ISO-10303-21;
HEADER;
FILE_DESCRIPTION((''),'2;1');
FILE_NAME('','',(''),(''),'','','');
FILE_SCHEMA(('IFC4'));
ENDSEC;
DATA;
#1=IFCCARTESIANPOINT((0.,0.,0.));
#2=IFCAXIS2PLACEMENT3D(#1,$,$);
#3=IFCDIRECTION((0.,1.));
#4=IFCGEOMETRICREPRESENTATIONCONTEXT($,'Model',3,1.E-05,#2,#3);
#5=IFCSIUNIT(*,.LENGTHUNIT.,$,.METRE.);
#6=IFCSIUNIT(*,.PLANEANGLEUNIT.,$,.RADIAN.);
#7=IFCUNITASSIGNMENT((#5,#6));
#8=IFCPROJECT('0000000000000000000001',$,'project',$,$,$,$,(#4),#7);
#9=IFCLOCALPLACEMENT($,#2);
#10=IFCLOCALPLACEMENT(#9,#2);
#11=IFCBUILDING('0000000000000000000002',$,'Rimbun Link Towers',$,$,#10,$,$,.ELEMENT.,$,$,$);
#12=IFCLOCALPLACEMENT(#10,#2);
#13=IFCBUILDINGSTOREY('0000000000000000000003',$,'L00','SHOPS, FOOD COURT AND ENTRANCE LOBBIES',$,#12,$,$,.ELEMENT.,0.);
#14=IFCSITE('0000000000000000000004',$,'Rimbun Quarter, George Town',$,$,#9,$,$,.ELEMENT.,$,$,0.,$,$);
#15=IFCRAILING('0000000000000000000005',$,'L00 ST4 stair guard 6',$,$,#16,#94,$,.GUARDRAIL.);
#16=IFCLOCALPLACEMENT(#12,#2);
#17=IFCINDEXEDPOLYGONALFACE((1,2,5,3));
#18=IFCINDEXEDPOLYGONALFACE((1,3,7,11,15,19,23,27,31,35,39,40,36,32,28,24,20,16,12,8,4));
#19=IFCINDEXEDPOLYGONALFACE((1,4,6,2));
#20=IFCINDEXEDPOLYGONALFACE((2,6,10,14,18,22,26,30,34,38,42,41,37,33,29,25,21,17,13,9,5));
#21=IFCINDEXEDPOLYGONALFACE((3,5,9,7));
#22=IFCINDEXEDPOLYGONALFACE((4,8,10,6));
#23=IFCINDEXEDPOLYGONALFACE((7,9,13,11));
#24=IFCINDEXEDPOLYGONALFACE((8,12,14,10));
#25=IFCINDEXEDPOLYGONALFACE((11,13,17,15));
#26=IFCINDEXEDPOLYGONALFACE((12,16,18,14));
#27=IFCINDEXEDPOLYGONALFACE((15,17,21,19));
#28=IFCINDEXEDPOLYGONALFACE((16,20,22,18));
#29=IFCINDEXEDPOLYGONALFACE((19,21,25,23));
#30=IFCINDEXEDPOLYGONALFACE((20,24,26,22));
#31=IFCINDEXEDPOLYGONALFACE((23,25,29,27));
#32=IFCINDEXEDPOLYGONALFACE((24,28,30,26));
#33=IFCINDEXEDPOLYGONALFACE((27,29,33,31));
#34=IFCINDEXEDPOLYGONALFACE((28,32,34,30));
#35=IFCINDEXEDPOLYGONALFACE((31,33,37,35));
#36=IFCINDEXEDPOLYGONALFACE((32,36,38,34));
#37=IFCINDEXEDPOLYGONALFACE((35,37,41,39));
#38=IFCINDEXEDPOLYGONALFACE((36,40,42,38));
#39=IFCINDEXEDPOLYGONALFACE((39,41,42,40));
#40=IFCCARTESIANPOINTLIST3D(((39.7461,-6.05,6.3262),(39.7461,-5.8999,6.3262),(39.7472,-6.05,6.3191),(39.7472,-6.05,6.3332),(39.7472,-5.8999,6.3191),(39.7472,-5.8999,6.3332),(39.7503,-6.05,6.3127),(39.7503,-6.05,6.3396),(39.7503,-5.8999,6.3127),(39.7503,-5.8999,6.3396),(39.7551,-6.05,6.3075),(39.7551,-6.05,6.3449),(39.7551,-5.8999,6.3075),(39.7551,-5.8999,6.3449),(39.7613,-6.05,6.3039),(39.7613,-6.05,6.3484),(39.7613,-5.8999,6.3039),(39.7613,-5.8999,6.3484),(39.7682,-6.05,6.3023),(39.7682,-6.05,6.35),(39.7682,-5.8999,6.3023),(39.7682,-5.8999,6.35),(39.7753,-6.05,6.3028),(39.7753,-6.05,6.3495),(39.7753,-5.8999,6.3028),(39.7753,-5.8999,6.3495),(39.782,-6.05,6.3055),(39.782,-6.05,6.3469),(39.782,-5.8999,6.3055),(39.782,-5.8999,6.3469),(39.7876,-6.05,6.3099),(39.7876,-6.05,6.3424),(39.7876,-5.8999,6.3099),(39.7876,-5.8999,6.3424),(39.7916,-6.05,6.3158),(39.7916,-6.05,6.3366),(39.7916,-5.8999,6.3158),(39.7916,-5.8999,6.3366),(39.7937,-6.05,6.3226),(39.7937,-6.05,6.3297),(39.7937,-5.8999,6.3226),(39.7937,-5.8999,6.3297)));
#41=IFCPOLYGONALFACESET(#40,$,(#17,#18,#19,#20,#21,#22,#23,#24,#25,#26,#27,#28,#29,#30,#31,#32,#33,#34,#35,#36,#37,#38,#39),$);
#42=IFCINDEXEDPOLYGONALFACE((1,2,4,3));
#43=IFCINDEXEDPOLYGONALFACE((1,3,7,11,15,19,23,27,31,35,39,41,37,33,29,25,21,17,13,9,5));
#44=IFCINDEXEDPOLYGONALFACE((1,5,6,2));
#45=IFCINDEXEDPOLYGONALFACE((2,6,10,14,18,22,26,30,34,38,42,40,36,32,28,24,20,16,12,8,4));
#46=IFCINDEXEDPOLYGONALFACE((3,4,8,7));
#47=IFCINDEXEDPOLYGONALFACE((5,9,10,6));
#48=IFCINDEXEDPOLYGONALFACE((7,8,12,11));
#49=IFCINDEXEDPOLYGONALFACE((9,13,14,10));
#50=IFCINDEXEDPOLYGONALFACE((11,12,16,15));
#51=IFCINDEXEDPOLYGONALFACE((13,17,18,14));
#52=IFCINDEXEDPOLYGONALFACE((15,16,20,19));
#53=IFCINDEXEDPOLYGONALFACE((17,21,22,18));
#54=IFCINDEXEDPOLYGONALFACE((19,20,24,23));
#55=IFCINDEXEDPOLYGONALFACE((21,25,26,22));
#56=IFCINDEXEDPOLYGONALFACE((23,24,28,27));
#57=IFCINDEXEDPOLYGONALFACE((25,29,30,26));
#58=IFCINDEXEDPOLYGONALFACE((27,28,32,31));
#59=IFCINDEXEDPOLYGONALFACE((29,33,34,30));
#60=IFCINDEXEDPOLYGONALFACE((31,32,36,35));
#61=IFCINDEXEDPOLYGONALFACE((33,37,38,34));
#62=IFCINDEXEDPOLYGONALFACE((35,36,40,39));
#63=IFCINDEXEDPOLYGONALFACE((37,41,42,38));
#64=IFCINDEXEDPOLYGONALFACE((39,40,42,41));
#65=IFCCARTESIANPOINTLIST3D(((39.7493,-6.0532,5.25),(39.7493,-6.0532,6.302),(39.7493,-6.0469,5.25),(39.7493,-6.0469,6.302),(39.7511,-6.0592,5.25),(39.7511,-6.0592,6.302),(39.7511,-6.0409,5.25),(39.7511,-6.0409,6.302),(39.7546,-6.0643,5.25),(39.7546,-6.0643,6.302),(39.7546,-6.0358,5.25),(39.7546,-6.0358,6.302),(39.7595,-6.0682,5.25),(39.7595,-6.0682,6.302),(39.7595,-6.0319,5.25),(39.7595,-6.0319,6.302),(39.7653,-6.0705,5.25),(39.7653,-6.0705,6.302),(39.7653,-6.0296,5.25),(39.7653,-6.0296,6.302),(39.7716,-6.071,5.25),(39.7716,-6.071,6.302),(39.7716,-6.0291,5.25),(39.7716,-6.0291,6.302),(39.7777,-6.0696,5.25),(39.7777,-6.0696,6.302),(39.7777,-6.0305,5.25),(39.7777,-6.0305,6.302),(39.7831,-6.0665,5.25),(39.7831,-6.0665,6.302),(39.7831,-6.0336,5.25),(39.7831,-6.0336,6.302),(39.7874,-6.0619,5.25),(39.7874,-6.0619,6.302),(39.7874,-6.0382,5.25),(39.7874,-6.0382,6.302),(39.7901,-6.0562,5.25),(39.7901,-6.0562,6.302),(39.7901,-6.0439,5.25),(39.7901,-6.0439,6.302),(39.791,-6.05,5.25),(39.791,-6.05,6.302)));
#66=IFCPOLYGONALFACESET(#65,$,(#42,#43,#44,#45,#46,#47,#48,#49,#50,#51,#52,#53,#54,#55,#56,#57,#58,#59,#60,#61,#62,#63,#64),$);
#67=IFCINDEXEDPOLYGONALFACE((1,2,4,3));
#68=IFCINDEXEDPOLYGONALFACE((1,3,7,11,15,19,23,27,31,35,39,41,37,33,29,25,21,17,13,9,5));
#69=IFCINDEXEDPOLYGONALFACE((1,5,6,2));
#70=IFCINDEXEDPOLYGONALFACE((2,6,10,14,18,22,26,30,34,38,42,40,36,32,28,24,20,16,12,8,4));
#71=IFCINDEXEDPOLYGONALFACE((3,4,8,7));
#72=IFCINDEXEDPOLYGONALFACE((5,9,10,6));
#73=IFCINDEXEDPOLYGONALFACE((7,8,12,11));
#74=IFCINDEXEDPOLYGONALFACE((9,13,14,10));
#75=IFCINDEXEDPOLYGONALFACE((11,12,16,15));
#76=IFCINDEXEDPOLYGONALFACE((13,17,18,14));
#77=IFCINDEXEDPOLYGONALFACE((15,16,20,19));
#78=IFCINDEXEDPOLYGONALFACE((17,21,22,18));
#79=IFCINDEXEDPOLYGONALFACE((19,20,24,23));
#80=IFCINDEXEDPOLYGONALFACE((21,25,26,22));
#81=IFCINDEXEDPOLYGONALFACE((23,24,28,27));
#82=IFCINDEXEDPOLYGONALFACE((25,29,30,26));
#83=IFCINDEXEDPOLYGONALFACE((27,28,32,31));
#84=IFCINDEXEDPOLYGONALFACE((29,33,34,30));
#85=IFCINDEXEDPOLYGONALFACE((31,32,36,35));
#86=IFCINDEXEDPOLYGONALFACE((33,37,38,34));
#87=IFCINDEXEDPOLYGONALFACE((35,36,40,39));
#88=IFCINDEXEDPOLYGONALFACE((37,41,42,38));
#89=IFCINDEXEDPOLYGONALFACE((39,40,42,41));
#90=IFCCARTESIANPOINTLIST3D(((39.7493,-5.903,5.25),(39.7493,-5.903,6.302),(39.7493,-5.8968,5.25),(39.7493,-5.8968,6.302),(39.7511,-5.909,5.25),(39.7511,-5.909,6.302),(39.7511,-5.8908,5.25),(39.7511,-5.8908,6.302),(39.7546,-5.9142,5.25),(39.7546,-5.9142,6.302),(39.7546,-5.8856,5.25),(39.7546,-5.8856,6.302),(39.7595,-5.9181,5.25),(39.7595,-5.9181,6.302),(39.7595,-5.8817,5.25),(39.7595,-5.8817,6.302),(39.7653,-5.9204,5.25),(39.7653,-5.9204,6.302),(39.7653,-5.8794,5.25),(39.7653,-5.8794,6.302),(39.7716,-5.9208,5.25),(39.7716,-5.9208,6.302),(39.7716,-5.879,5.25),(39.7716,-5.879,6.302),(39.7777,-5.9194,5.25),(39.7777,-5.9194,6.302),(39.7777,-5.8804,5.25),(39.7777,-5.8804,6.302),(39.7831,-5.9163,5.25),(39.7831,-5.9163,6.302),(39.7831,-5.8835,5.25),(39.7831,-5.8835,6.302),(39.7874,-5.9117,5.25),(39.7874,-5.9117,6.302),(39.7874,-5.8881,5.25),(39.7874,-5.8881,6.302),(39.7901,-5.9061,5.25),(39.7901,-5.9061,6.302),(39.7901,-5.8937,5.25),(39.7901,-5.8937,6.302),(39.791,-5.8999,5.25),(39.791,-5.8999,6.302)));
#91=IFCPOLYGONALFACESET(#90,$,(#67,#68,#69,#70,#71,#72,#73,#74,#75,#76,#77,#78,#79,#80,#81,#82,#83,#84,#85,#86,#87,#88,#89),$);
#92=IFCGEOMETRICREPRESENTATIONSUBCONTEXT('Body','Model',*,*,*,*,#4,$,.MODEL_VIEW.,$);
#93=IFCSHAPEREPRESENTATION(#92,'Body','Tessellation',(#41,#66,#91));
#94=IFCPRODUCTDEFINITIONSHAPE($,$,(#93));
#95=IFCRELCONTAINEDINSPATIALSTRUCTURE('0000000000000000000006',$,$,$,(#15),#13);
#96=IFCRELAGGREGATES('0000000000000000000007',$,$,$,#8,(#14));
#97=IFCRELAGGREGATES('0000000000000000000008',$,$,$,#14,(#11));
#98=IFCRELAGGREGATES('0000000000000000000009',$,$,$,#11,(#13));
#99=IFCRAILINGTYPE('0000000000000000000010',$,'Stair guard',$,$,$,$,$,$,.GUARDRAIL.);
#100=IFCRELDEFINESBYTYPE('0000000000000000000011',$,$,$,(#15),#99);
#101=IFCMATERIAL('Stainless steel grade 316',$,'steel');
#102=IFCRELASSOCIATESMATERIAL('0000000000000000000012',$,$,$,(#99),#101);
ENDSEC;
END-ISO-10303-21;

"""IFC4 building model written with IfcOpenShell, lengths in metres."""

from ifc_helpers import new_model, si_unit, direction, frame, origin, origin_2d, place, context, subcontext, project, spatial, circle, extrude, material, type_object, element, save


model = new_model("IFC4")

# Units and contexts
model_context = context("Model", 3, precision=1e-05, world=origin(), true_north=direction((0.0, 1.0)))
body_context = subcontext(model_context, "Body", "Model", "MODEL_VIEW")
ifc_project = project(units=[si_unit("LENGTHUNIT", "METRE"), si_unit("PLANEANGLEUNIT", "RADIAN")], contexts=[model_context])

# Site, building, storey
site_placement = place(None, origin())
site = spatial("IfcSite", under=ifc_project, at=site_placement, Name="Rimbun Quarter, George Town", CompositionType="ELEMENT", RefElevation=0.0)
building_placement = place(site_placement, origin())
building = spatial("IfcBuilding", under=site, at=building_placement, Name="Rimbun Link Towers", CompositionType="ELEMENT")
storey_placement = place(building_placement, origin())
storey = spatial("IfcBuildingStorey", under=building, at=storey_placement, Name="L00", Description="SHOPS, FOOD COURT AND ENTRANCE LOBBIES", CompositionType="ELEMENT", Elevation=0.0)

# Railing
ifc_material_1 = material(Name="Stainless steel grade 316", Category="steel")
railing_type_1 = type_object("IfcRailingType", Name="Stair guard", PredefinedType="GUARDRAIL", material=ifc_material_1)
railing_1_placement = place(storey_placement, frame((39.77, -6.05, 5.25)))
element("IfcRailing", 1, at=railing_1_placement, inside=storey, type_object=railing_type_1, Name="L00 ST4 stair guard 6", PredefinedType="GUARDRAIL", context=body_context, shape_type="SweptSolid", body=[
    extrude(circle(Radius=0.0239, at=origin_2d()), frame((0.0, 0.0, 1.0762), z_axis=(0.0, 1.0, 0.0), x_axis=(-1.0, 0.0, 0.0)), (0.0, 0.0, 1.0), 0.1501),
    extrude(circle(Radius=0.021, at=origin_2d()), origin(), (0.0, 0.0, 1.0), 1.052),
    extrude(circle(Radius=0.021, at=origin_2d()), frame((0.0, 0.1501, 0.0)), (0.0, 0.0, 1.0), 1.052),
])

save(model, "model.ifc")
